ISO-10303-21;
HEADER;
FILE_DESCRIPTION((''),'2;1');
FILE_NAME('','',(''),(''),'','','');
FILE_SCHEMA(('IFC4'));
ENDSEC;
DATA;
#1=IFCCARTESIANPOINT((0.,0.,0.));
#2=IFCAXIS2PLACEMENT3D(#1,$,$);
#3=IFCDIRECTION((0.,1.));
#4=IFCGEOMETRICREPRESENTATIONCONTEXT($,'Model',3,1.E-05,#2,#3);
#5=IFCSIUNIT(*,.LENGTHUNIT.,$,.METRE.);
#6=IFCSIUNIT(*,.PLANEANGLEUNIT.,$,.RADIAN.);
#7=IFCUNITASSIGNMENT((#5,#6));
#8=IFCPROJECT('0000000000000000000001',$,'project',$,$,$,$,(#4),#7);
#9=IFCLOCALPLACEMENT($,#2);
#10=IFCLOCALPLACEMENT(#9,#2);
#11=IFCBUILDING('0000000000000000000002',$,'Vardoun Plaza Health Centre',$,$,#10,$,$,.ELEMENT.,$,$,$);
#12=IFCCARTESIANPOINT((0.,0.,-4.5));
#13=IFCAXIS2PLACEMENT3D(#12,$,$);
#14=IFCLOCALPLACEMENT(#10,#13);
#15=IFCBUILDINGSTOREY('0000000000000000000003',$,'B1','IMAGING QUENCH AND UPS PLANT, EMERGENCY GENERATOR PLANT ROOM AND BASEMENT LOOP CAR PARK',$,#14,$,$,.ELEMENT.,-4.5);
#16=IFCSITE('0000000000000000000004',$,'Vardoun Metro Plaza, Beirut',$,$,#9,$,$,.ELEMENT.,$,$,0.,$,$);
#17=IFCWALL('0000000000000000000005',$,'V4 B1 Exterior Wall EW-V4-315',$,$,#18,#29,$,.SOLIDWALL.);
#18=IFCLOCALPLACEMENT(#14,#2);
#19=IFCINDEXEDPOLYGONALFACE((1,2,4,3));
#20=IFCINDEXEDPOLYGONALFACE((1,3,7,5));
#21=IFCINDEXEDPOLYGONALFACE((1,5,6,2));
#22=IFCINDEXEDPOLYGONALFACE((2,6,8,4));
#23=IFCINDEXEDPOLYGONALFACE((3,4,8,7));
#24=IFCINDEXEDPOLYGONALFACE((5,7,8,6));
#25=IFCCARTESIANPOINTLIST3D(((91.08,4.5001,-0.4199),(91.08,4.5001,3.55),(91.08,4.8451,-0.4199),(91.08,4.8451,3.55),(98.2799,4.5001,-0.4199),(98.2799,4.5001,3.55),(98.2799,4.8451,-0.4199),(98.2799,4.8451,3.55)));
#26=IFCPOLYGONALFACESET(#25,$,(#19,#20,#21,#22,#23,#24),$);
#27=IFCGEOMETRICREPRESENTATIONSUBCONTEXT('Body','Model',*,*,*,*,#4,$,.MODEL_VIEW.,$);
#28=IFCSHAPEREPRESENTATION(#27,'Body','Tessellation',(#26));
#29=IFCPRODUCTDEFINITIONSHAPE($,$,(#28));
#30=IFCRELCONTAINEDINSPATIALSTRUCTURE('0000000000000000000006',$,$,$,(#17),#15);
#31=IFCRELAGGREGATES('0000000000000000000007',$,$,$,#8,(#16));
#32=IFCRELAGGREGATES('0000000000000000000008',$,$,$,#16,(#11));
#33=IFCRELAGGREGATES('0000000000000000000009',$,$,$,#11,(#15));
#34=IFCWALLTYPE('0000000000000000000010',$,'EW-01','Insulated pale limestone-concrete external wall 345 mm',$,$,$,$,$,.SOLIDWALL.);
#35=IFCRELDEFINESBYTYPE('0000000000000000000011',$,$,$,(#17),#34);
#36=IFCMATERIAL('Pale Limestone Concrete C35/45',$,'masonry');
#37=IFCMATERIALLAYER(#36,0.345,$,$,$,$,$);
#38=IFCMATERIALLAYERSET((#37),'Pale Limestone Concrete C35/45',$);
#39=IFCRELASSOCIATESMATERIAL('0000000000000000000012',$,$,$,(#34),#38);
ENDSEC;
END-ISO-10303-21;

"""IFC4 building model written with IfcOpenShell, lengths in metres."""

from ifc_helpers import new_model, si_unit, direction, frame, frame_2d, origin, place, context, subcontext, project, spatial, rectangle, extrude, material, layer, layer_set, type_object, element, save


model = new_model("IFC4")

# Units and contexts
model_context = context("Model", 3, precision=1e-05, world=origin(), true_north=direction((0.0, 1.0)))
body_context = subcontext(model_context, "Body", "Model", "MODEL_VIEW")
ifc_project = project(units=[si_unit("LENGTHUNIT", "METRE"), si_unit("PLANEANGLEUNIT", "RADIAN")], contexts=[model_context])

# Site, building, storey
site_placement = place(None, origin())
site = spatial("IfcSite", under=ifc_project, at=site_placement, Name="Vardoun Metro Plaza, Beirut", CompositionType="ELEMENT", RefElevation=0.0)
building_placement = place(site_placement, origin())
building = spatial("IfcBuilding", under=site, at=building_placement, Name="Vardoun Plaza Health Centre", CompositionType="ELEMENT")
storey_placement = place(building_placement, frame((0.0, 0.0, -4.5)))
storey = spatial("IfcBuildingStorey", under=building, at=storey_placement, Name="B1", Description="IMAGING QUENCH AND UPS PLANT, EMERGENCY GENERATOR PLANT ROOM AND BASEMENT LOOP CAR PARK", CompositionType="ELEMENT", Elevation=-4.5)

# Wall
ifc_material_1 = material(Name="Pale Limestone Concrete C35/45", Category="masonry")
ifc_layer_1 = layer(ifc_material_1, 0.345)
ifc_layer_set_1 = layer_set([ifc_layer_1], Name="Pale Limestone Concrete C35/45")
wall_type = type_object("IfcWallType", Name="EW-01", Description="Insulated pale limestone-concrete external wall 345 mm", PredefinedType="SOLIDWALL", material=ifc_layer_set_1)
for number, where, z_axis, x_axis, name in (
    (1, (98.28, 4.6726, -0.4199), (0.0, 0.0, 1.0), (-1.0, 0.0, 0.0), "V4 B1 Exterior Wall EW-V4-315"),
):
    element("IfcWall", number, at=place(storey_placement, frame(where, z_axis=z_axis, x_axis=x_axis)), inside=storey, type_object=wall_type, Name=name, PredefinedType="SOLIDWALL", context=body_context, shape_type="SweptSolid", body=[
        extrude(rectangle(XDim=7.2, YDim=0.345, at=frame_2d((3.6001, 0.0))), origin(), (0.0, 0.0, 1.0), 3.97),
    ])

save(model, "model.ifc")
